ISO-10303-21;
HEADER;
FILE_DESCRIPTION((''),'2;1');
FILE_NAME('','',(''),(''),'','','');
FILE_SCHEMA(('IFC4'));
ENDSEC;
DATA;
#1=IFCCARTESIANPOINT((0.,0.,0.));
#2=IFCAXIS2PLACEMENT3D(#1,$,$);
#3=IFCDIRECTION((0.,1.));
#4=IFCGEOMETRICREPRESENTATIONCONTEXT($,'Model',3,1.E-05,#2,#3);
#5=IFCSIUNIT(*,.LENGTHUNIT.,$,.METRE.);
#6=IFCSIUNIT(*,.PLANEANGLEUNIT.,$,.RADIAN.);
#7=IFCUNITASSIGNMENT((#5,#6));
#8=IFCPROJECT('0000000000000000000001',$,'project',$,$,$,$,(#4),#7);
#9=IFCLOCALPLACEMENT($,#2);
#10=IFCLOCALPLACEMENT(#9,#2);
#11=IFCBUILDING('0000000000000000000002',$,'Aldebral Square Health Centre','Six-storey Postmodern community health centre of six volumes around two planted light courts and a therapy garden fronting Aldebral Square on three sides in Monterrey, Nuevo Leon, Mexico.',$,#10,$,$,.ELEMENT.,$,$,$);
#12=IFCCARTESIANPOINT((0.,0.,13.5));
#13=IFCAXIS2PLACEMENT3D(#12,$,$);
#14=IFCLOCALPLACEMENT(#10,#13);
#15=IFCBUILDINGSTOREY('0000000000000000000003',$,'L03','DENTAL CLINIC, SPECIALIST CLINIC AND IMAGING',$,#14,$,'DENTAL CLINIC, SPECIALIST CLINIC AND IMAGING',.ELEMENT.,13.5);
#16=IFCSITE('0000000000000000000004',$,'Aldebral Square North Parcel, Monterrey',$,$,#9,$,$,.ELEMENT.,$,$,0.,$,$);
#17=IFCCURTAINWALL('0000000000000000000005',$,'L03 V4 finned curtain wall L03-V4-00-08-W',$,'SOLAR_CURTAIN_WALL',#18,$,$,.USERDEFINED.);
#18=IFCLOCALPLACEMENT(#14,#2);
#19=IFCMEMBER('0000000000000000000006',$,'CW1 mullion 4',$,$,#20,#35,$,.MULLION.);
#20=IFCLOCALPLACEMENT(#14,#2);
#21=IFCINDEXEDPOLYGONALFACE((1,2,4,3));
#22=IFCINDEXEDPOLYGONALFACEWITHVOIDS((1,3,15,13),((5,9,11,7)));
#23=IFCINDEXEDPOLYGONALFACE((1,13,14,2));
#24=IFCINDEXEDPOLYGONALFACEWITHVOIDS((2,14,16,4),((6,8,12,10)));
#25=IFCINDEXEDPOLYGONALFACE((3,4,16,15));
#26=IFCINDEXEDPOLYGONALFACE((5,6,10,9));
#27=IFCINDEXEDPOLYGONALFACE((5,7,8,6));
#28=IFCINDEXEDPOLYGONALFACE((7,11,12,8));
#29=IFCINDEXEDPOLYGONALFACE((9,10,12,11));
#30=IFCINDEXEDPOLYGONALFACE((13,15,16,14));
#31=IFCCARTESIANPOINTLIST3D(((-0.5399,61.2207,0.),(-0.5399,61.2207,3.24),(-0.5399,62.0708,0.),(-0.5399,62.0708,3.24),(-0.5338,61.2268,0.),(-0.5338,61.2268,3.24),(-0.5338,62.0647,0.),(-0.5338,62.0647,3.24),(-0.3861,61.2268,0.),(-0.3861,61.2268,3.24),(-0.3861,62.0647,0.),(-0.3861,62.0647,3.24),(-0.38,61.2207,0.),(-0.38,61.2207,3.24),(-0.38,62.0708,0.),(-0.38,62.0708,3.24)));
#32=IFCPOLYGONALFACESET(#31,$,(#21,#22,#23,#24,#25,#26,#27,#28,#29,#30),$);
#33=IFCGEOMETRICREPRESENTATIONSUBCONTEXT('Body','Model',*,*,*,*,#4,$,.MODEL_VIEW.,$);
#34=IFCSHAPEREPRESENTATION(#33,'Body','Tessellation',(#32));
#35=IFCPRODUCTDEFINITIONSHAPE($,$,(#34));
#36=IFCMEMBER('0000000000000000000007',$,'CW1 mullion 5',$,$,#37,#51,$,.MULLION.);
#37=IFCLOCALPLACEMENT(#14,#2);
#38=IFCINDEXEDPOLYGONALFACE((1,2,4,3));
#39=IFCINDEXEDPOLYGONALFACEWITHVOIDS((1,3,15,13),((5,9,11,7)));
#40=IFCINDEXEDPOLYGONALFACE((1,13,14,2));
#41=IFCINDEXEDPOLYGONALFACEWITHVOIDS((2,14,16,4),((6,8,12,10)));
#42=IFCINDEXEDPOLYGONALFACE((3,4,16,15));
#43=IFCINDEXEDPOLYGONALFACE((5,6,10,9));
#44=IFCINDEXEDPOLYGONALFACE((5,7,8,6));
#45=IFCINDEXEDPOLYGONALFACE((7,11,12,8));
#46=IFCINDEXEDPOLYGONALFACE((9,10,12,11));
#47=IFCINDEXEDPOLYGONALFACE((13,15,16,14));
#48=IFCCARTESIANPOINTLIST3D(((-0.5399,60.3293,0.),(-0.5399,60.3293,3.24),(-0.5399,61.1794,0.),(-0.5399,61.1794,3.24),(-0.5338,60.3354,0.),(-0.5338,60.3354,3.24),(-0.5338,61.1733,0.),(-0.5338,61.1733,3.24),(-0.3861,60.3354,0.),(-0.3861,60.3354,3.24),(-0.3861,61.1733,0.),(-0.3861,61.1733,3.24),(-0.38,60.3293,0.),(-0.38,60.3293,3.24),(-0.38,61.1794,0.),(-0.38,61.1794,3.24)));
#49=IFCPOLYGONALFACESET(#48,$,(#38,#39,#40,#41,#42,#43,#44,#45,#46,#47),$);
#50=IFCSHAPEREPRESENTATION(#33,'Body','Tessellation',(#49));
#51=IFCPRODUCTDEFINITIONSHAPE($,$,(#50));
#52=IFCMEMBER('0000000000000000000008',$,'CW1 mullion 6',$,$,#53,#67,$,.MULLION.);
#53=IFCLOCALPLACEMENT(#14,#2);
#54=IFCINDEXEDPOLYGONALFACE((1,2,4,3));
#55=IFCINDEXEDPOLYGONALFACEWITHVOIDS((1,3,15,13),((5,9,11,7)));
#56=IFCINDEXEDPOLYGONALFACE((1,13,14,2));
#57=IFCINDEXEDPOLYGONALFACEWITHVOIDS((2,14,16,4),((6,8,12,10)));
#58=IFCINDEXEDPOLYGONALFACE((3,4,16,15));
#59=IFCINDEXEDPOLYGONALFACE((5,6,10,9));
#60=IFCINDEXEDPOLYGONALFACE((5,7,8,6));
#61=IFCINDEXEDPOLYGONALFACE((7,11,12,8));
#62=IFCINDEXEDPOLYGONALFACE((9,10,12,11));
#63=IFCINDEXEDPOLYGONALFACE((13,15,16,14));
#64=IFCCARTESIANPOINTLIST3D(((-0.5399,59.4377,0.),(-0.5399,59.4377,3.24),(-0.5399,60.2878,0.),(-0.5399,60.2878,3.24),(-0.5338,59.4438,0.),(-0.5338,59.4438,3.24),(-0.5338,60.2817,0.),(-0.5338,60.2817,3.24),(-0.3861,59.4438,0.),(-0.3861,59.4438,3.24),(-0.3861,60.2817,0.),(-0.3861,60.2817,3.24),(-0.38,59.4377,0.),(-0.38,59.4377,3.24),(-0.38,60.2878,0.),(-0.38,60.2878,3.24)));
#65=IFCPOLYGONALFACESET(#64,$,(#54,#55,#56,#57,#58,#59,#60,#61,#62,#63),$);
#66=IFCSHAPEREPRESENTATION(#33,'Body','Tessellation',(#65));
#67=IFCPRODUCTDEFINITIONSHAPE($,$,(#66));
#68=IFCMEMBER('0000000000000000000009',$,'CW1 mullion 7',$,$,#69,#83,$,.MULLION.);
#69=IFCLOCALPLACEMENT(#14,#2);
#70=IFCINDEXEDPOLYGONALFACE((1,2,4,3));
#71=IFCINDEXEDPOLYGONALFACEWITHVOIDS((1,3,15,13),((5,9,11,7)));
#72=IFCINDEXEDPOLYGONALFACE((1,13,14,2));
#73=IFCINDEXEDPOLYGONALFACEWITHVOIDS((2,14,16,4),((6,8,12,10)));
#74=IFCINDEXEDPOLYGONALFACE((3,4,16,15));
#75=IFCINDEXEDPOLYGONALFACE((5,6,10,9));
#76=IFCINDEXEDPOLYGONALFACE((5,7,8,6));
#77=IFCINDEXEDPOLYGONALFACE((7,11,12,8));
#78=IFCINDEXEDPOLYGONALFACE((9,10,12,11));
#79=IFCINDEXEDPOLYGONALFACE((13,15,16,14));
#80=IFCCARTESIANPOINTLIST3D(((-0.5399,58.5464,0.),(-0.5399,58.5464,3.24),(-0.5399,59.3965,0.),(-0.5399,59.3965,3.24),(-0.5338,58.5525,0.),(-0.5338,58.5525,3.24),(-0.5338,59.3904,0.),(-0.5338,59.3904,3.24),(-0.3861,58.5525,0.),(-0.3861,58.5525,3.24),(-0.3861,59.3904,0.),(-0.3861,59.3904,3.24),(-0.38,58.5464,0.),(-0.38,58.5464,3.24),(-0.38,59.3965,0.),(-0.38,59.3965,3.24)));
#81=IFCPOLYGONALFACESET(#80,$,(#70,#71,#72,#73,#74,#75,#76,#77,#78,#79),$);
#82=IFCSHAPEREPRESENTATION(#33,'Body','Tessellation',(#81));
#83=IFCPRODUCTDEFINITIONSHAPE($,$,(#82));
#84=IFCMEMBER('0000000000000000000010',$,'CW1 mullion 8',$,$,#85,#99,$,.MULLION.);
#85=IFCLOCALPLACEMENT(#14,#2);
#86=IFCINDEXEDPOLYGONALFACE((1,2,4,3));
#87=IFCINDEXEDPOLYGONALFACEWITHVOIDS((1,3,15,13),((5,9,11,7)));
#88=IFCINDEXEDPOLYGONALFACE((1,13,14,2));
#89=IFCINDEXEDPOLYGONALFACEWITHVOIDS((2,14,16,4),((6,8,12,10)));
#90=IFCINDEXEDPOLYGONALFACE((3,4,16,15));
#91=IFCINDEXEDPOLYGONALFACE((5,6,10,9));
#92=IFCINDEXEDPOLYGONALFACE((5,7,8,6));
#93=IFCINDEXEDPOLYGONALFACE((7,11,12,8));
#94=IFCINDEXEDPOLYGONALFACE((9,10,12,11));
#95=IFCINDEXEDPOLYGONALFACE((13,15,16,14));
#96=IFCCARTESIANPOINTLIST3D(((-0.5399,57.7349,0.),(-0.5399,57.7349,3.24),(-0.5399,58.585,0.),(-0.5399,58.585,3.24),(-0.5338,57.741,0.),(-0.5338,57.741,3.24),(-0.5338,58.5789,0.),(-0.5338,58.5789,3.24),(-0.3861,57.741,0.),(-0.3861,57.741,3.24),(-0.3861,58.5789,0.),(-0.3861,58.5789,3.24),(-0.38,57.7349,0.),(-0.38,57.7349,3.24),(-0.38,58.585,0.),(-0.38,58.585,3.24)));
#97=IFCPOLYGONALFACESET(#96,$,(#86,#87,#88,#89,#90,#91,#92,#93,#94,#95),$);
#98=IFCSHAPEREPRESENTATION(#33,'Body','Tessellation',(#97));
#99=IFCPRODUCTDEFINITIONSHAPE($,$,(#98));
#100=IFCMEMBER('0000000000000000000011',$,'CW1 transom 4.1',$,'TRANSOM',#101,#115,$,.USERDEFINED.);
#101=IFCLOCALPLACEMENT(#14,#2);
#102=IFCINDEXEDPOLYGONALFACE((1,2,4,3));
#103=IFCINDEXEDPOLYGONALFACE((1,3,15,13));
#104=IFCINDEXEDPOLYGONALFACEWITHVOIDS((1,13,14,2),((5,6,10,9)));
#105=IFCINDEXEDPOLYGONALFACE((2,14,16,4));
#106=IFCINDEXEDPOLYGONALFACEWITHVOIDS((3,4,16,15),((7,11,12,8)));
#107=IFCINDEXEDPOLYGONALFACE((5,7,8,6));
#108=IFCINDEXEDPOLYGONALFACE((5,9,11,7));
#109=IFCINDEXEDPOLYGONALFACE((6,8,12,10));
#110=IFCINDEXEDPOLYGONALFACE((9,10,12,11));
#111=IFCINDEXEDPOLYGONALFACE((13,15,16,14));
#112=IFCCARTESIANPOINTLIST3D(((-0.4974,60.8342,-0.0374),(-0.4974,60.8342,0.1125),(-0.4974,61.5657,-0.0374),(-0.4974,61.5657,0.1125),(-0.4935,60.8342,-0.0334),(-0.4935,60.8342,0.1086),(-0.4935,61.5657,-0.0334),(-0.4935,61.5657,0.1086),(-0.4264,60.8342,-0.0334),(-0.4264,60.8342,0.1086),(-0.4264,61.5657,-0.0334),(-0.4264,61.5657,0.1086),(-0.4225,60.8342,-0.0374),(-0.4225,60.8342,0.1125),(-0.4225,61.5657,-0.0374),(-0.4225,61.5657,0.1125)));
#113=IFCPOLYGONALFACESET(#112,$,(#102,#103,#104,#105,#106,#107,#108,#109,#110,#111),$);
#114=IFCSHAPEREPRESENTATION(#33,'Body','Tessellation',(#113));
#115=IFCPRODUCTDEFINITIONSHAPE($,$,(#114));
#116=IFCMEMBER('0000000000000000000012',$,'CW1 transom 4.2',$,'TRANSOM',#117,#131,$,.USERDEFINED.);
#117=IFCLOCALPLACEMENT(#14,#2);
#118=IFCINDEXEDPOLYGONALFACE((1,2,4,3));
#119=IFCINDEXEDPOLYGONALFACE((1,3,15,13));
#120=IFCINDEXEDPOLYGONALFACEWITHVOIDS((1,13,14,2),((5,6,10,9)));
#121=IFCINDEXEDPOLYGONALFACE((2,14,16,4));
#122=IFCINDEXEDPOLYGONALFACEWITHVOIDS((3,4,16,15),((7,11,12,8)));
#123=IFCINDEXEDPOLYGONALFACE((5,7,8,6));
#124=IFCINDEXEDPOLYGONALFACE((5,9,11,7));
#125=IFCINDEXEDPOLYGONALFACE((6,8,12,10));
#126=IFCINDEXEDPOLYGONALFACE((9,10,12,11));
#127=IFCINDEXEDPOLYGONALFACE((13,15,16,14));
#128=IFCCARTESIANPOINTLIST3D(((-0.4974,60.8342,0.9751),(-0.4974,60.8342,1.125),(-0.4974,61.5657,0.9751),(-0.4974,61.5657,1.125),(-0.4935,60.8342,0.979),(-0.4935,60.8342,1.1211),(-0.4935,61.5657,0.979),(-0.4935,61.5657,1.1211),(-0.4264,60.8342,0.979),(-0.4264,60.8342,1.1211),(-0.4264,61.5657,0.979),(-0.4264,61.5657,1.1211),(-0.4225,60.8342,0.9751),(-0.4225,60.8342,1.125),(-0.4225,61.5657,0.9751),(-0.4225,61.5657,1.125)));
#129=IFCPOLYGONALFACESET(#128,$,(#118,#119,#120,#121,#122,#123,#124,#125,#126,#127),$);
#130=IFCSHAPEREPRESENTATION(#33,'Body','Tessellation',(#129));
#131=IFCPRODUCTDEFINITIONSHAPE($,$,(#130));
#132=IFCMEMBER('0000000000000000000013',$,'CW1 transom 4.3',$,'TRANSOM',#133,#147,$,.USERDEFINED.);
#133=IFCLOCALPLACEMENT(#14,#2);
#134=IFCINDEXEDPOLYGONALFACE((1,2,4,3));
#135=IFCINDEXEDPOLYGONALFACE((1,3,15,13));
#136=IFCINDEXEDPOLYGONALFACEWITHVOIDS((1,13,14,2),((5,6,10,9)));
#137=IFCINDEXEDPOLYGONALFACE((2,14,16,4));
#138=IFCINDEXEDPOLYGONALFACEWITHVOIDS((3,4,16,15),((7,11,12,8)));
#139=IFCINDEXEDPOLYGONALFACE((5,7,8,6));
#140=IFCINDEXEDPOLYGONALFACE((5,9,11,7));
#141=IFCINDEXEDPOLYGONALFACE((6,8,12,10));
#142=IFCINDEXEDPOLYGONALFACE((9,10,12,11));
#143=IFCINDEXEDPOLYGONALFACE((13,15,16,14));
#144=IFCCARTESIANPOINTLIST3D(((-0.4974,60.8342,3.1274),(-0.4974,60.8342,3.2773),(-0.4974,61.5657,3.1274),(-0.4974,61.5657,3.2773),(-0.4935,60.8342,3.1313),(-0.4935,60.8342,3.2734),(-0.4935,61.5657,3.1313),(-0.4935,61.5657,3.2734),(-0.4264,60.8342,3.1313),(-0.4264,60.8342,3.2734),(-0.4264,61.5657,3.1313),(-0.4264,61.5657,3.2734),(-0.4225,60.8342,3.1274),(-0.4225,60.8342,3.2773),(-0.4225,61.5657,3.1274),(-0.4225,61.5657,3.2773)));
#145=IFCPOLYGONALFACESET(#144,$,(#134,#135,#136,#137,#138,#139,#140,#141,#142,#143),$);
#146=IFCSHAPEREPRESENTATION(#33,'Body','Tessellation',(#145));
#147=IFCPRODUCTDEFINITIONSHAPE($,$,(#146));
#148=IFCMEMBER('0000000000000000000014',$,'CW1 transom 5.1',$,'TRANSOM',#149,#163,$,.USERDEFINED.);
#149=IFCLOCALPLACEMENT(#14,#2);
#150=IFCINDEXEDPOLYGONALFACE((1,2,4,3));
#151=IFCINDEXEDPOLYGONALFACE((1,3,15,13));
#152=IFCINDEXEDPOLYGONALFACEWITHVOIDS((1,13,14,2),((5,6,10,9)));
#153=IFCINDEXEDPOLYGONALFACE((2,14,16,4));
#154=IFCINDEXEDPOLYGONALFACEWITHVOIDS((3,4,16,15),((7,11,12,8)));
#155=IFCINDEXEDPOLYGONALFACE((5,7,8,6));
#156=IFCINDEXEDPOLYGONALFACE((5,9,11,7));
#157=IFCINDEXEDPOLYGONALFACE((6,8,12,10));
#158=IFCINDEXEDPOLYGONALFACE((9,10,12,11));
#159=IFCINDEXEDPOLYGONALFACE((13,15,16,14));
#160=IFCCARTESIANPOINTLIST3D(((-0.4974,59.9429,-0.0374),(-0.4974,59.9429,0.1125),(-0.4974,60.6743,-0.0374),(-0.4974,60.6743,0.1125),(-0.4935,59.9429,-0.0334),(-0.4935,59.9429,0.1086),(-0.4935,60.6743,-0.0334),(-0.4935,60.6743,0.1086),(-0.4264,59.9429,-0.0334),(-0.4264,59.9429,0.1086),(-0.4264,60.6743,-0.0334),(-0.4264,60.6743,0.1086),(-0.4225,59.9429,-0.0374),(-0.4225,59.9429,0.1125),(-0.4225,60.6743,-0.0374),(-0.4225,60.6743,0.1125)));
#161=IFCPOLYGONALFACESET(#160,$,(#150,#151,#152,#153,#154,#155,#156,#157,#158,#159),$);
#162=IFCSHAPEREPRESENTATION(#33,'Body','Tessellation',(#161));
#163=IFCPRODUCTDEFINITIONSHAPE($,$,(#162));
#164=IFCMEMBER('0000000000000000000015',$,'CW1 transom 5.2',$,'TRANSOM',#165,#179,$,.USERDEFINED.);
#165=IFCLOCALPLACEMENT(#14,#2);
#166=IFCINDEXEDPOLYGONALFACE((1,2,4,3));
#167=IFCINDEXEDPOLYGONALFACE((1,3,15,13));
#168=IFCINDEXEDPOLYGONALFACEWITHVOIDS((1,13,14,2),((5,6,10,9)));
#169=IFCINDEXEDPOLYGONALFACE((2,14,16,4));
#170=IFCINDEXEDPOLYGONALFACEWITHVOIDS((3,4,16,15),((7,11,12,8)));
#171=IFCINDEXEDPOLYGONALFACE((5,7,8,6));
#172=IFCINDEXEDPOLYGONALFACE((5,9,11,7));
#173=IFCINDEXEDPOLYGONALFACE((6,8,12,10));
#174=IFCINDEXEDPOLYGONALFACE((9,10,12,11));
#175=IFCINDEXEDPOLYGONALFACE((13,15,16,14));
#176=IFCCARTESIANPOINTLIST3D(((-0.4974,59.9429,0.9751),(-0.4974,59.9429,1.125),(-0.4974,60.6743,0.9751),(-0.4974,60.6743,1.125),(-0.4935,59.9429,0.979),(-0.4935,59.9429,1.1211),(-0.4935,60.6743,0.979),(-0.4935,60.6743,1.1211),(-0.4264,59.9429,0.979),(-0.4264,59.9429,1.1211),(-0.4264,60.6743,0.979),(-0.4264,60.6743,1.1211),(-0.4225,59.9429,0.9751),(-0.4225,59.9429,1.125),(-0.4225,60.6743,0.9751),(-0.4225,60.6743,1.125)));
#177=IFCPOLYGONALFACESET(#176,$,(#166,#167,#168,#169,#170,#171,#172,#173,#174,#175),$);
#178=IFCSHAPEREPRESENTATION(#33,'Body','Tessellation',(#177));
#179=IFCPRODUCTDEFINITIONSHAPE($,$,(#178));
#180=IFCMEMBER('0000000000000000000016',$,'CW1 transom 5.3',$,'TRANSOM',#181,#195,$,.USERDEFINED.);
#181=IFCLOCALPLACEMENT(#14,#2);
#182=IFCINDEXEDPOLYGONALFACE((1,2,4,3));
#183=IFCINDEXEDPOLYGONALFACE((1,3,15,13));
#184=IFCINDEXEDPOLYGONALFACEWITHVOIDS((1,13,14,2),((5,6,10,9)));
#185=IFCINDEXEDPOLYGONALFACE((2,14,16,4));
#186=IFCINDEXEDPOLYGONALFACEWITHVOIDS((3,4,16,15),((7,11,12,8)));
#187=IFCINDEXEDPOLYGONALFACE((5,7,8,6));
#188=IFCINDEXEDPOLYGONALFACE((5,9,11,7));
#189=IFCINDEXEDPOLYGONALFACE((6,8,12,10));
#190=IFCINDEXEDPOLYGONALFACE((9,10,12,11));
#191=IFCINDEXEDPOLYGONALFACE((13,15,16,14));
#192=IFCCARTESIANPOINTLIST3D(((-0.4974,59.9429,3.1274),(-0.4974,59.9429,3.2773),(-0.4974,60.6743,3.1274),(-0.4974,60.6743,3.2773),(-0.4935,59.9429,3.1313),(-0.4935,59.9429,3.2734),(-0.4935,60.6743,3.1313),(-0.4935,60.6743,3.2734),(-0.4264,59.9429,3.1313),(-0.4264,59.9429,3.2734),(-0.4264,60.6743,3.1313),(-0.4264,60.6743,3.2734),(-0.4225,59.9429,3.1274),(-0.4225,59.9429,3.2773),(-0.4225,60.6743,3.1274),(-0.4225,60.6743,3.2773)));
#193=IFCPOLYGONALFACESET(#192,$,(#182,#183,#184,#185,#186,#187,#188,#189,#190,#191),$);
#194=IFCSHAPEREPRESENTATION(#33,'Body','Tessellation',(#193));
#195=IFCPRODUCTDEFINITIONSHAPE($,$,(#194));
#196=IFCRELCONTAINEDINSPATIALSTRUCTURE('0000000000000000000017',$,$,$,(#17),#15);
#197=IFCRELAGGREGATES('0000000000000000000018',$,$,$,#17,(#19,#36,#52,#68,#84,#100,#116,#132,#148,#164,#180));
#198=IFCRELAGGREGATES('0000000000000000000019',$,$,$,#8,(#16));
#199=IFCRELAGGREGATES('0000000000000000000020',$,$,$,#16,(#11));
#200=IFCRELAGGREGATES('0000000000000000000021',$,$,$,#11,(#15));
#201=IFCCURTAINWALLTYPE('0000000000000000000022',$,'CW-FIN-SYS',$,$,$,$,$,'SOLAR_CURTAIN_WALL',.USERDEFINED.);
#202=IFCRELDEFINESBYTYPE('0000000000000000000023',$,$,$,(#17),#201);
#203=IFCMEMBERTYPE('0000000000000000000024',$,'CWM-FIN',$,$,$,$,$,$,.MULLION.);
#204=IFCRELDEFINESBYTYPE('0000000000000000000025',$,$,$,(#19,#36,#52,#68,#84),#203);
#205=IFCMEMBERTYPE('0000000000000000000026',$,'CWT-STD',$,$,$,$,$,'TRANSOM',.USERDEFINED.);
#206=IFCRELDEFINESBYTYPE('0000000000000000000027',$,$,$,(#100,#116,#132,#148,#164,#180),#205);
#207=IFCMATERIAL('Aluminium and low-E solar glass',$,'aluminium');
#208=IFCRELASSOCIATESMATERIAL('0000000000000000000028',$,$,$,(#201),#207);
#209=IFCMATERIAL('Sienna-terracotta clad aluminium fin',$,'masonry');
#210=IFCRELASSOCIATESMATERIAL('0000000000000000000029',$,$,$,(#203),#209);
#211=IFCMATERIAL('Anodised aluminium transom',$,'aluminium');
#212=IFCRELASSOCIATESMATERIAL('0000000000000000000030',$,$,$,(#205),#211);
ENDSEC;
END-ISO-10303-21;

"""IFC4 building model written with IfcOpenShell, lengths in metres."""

from ifc_helpers import new_model, si_unit, direction, frame, origin, origin_2d, place, context, subcontext, project, spatial, hollow_rectangle, extrude, material, material_profile, profile_set, type_object, element, aggregate, save


model = new_model("IFC4")

# Units and contexts
model_context = context("Model", 3, precision=1e-05, world=origin(), true_north=direction((0.0, 1.0)))
body_context = subcontext(model_context, "Body", "Model", "MODEL_VIEW")
ifc_project = project(units=[si_unit("LENGTHUNIT", "METRE"), si_unit("PLANEANGLEUNIT", "RADIAN")], contexts=[model_context])

# Site, building, storey
site_placement = place(None, origin())
site = spatial("IfcSite", under=ifc_project, at=site_placement, Name="Aldebral Square North Parcel, Monterrey", CompositionType="ELEMENT", RefElevation=0.0)
building_placement = place(site_placement, origin())
building = spatial("IfcBuilding", under=site, at=building_placement, Name="Aldebral Square Health Centre", Description="Six-storey Postmodern community health centre of six volumes around two planted light courts and a therapy garden fronting Aldebral Square on three sides in Monterrey, Nuevo Leon, Mexico.", CompositionType="ELEMENT")
storey_placement = place(building_placement, frame((0.0, 0.0, 13.5)))
storey = spatial("IfcBuildingStorey", under=building, at=storey_placement, Name="L03", Description="DENTAL CLINIC, SPECIALIST CLINIC AND IMAGING", LongName="DENTAL CLINIC, SPECIALIST CLINIC AND IMAGING", CompositionType="ELEMENT", Elevation=13.5)

# Curtain wall, members
ifc_material_1 = material(Name="Aluminium and low-E solar glass", Category="aluminium")
curtain_wall_type = type_object("IfcCurtainWallType", Name="CW-FIN-SYS", ElementType="SOLAR_CURTAIN_WALL", PredefinedType="USERDEFINED", material=ifc_material_1)
curtain_wall_placement = place(storey_placement, origin())
curtain_wall = element("IfcCurtainWall", 1, at=curtain_wall_placement, inside=storey, type_object=curtain_wall_type, Name="L03 V4 finned curtain wall L03-V4-00-08-W", ObjectType="SOLAR_CURTAIN_WALL", PredefinedType="USERDEFINED")
ifc_material_2 = material(Name="Sienna-terracotta clad aluminium fin", Category="masonry")
ifc_material_profile_1 = material_profile(ifc_material_2, hollow_rectangle(XDim=0.1599, YDim=0.8501, WallThickness=0.0061, at=origin_2d()), Name="FIN 160x850x6")
ifc_profile_set_1 = profile_set([ifc_material_profile_1], Name="Sienna-terracotta clad aluminium fin")
member_type_1 = type_object("IfcMemberType", Name="CWM-FIN", PredefinedType="MULLION", material=ifc_profile_set_1)
member_1_placement = place(storey_placement, frame((-0.46, 61.6458, 0.0), z_axis=(0.0, 0.0, 1.0), x_axis=(1.0, 0.0, 0.0)))
member_1 = element("IfcMember", 2, at=member_1_placement, type_object=member_type_1, Name="CW1 mullion 4", PredefinedType="MULLION", context=body_context, shape_type="SweptSolid", body=[
    extrude(hollow_rectangle(XDim=0.1599, YDim=0.8501, WallThickness=0.0061, at=origin_2d()), origin(), (0.0, 0.0, 1.0), 3.24),
])
member_2_placement = place(storey_placement, frame((-0.46, 60.7544, 0.0), z_axis=(0.0, 0.0, 1.0), x_axis=(1.0, 0.0, 0.0)))
member_2 = element("IfcMember", 3, at=member_2_placement, type_object=member_type_1, Name="CW1 mullion 5", PredefinedType="MULLION", context=body_context, shape_type="SweptSolid", body=[
    extrude(hollow_rectangle(XDim=0.1599, YDim=0.8501, WallThickness=0.0061, at=origin_2d()), origin(), (0.0, 0.0, 1.0), 3.24),
])
member_3_placement = place(storey_placement, frame((-0.46, 59.8628, 0.0), z_axis=(0.0, 0.0, 1.0), x_axis=(1.0, 0.0, 0.0)))
member_3 = element("IfcMember", 4, at=member_3_placement, type_object=member_type_1, Name="CW1 mullion 6", PredefinedType="MULLION", context=body_context, shape_type="SweptSolid", body=[
    extrude(hollow_rectangle(XDim=0.1599, YDim=0.8501, WallThickness=0.0061, at=origin_2d()), origin(), (0.0, 0.0, 1.0), 3.24),
])
member_4_placement = place(storey_placement, frame((-0.46, 58.9714, 0.0), z_axis=(0.0, 0.0, 1.0), x_axis=(1.0, 0.0, 0.0)))
member_4 = element("IfcMember", 5, at=member_4_placement, type_object=member_type_1, Name="CW1 mullion 7", PredefinedType="MULLION", context=body_context, shape_type="SweptSolid", body=[
    extrude(hollow_rectangle(XDim=0.1599, YDim=0.8501, WallThickness=0.0061, at=origin_2d()), origin(), (0.0, 0.0, 1.0), 3.24),
])
member_5_placement = place(storey_placement, frame((-0.46, 58.1599, 0.0), z_axis=(0.0, 0.0, 1.0), x_axis=(1.0, 0.0, 0.0)))
member_5 = element("IfcMember", 6, at=member_5_placement, type_object=member_type_1, Name="CW1 mullion 8", PredefinedType="MULLION", context=body_context, shape_type="SweptSolid", body=[
    extrude(hollow_rectangle(XDim=0.1599, YDim=0.8501, WallThickness=0.0061, at=origin_2d()), origin(), (0.0, 0.0, 1.0), 3.24),
])
ifc_material_3 = material(Name="Anodised aluminium transom", Category="aluminium")
ifc_material_profile_2 = material_profile(ifc_material_3, hollow_rectangle(XDim=0.075, YDim=0.1499, WallThickness=0.0039, at=origin_2d()), Name="CWT 75x150x4")
ifc_profile_set_2 = profile_set([ifc_material_profile_2], Name="Anodised aluminium transom")
member_type_2 = type_object("IfcMemberType", Name="CWT-STD", ElementType="TRANSOM", PredefinedType="USERDEFINED", material=ifc_profile_set_2)
member_6_placement = place(storey_placement, frame((-0.46, 61.5657, 0.0376), z_axis=(0.0, -1.0, 0.0), x_axis=(1.0, 0.0, 0.0)))
member_6 = element("IfcMember", 7, at=member_6_placement, type_object=member_type_2, Name="CW1 transom 4.1", ObjectType="TRANSOM", PredefinedType="USERDEFINED", context=body_context, shape_type="SweptSolid", body=[
    extrude(hollow_rectangle(XDim=0.075, YDim=0.1499, WallThickness=0.0039, at=origin_2d()), origin(), (0.0, 0.0, 1.0), 0.7314),
])
member_7_placement = place(storey_placement, frame((-0.46, 61.5657, 1.05), z_axis=(0.0, -1.0, 0.0), x_axis=(1.0, 0.0, 0.0)))
member_7 = element("IfcMember", 8, at=member_7_placement, type_object=member_type_2, Name="CW1 transom 4.2", ObjectType="TRANSOM", PredefinedType="USERDEFINED", context=body_context, shape_type="SweptSolid", body=[
    extrude(hollow_rectangle(XDim=0.075, YDim=0.1499, WallThickness=0.0039, at=origin_2d()), origin(), (0.0, 0.0, 1.0), 0.7314),
])
member_8_placement = place(storey_placement, frame((-0.46, 61.5657, 3.2024), z_axis=(0.0, -1.0, 0.0), x_axis=(1.0, 0.0, 0.0)))
member_8 = element("IfcMember", 9, at=member_8_placement, type_object=member_type_2, Name="CW1 transom 4.3", ObjectType="TRANSOM", PredefinedType="USERDEFINED", context=body_context, shape_type="SweptSolid", body=[
    extrude(hollow_rectangle(XDim=0.075, YDim=0.1499, WallThickness=0.0039, at=origin_2d()), origin(), (0.0, 0.0, 1.0), 0.7314),
])
member_9_placement = place(storey_placement, frame((-0.46, 60.6743, 0.0376), z_axis=(0.0, -1.0, 0.0), x_axis=(1.0, 0.0, 0.0)))
member_9 = element("IfcMember", 10, at=member_9_placement, type_object=member_type_2, Name="CW1 transom 5.1", ObjectType="TRANSOM", PredefinedType="USERDEFINED", context=body_context, shape_type="SweptSolid", body=[
    extrude(hollow_rectangle(XDim=0.075, YDim=0.1499, WallThickness=0.0039, at=origin_2d()), origin(), (0.0, 0.0, 1.0), 0.7314),
])
member_10_placement = place(storey_placement, frame((-0.46, 60.6743, 1.05), z_axis=(0.0, -1.0, 0.0), x_axis=(1.0, 0.0, 0.0)))
member_10 = element("IfcMember", 11, at=member_10_placement, type_object=member_type_2, Name="CW1 transom 5.2", ObjectType="TRANSOM", PredefinedType="USERDEFINED", context=body_context, shape_type="SweptSolid", body=[
    extrude(hollow_rectangle(XDim=0.075, YDim=0.1499, WallThickness=0.0039, at=origin_2d()), origin(), (0.0, 0.0, 1.0), 0.7314),
])
member_11_placement = place(storey_placement, frame((-0.46, 60.6743, 3.2024), z_axis=(0.0, -1.0, 0.0), x_axis=(1.0, 0.0, 0.0)))
member_11 = element("IfcMember", 12, at=member_11_placement, type_object=member_type_2, Name="CW1 transom 5.3", ObjectType="TRANSOM", PredefinedType="USERDEFINED", context=body_context, shape_type="SweptSolid", body=[
    extrude(hollow_rectangle(XDim=0.075, YDim=0.1499, WallThickness=0.0039, at=origin_2d()), origin(), (0.0, 0.0, 1.0), 0.7314),
])
aggregate(curtain_wall, [member_1, member_2, member_3, member_4, member_5, member_6, member_7, member_8, member_9, member_10, member_11])

save(model, "model.ifc")
